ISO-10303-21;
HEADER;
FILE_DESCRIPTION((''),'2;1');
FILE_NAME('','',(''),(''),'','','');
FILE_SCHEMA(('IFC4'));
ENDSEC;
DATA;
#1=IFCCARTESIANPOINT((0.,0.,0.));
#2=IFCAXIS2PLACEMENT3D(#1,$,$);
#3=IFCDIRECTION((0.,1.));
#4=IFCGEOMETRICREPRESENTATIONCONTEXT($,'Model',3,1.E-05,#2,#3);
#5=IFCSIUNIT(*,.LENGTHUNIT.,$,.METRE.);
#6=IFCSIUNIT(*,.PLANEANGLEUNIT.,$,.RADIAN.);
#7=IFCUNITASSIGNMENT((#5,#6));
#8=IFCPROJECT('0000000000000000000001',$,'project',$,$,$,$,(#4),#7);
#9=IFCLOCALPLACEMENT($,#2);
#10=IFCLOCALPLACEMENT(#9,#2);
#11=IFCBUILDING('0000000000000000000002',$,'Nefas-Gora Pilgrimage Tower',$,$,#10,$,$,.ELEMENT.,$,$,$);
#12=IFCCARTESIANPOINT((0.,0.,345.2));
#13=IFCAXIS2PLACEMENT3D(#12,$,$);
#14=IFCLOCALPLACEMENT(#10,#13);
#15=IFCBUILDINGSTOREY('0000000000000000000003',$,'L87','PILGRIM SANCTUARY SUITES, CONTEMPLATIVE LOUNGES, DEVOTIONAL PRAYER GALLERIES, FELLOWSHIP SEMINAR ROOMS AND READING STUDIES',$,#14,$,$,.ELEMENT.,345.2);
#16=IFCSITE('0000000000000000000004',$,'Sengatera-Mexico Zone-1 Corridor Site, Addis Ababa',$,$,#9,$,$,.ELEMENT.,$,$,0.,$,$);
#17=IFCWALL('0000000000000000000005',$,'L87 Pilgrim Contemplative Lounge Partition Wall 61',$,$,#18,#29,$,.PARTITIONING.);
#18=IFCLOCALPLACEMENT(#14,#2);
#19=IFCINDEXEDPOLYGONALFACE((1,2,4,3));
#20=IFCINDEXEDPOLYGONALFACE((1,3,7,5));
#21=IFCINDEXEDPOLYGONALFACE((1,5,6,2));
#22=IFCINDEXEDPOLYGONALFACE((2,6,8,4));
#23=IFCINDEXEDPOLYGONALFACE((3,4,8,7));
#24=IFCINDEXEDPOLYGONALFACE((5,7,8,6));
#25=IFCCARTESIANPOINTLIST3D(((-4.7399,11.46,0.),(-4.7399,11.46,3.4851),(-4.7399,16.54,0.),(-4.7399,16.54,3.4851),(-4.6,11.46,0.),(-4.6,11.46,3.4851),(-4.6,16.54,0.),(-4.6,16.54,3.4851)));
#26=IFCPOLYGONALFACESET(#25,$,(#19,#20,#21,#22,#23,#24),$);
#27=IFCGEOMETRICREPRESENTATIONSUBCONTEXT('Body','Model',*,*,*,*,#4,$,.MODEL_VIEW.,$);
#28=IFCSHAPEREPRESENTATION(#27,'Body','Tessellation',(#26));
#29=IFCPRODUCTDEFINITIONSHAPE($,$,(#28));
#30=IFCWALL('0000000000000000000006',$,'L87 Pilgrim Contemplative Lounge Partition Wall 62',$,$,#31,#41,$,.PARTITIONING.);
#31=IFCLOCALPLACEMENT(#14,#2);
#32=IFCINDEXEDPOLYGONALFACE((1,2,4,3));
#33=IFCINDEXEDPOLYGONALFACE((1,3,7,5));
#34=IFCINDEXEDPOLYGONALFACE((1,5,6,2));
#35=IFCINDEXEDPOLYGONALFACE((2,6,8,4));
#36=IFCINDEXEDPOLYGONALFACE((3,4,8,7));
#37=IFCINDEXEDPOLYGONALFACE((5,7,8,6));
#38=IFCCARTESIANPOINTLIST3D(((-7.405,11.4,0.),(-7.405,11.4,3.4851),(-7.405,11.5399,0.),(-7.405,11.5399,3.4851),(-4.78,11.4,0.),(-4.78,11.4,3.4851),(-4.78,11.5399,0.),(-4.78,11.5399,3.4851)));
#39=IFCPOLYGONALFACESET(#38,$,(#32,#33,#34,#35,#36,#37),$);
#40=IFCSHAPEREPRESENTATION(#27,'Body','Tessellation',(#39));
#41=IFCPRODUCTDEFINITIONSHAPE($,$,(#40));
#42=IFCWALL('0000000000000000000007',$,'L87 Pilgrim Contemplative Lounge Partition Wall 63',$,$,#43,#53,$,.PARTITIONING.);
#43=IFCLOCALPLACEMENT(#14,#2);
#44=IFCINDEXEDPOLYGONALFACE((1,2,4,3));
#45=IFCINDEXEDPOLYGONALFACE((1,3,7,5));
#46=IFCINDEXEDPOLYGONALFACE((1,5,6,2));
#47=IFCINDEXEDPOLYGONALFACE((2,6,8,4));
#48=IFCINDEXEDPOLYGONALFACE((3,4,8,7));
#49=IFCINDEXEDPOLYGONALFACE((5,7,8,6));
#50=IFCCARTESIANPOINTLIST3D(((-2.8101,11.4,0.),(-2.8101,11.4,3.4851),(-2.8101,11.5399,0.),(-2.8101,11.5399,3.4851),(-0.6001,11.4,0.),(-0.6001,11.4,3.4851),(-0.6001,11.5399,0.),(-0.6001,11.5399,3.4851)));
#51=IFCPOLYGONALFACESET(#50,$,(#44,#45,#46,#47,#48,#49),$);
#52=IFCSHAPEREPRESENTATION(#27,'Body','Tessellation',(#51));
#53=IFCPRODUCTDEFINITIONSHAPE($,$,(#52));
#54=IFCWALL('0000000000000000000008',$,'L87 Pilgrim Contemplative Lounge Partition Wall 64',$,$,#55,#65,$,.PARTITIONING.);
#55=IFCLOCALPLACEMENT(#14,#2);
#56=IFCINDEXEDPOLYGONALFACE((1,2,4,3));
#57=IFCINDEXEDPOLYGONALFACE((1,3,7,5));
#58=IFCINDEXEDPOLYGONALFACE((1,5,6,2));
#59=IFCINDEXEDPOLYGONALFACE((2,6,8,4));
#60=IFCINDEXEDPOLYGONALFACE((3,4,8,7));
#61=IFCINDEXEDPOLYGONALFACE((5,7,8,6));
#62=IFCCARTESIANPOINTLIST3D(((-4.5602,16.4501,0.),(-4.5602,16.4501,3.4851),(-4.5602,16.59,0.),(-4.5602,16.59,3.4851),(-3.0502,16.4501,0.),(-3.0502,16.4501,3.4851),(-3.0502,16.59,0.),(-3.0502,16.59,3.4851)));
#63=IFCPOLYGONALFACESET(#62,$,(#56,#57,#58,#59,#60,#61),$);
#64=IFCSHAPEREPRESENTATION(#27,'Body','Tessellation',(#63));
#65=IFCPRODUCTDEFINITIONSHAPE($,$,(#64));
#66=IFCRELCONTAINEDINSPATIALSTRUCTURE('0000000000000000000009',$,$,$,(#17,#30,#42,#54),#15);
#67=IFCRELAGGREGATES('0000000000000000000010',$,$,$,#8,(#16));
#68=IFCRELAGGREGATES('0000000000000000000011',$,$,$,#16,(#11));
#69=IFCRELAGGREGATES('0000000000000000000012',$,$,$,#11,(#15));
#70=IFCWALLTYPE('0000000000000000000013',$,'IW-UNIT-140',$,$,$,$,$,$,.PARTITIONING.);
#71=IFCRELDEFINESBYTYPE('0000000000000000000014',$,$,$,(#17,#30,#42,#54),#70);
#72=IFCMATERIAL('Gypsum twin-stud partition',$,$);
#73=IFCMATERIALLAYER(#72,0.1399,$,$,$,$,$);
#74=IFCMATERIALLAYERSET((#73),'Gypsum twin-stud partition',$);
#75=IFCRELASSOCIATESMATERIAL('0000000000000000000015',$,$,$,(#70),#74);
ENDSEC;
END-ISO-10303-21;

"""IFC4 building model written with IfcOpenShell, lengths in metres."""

from ifc_helpers import new_model, si_unit, direction, frame, frame_2d, origin, place, context, subcontext, project, spatial, rectangle, extrude, source, transform, mapped, material, layer, layer_set, type_object, element, save


model = new_model("IFC4")

# Units and contexts
model_context = context("Model", 3, precision=1e-05, world=origin(), true_north=direction((0.0, 1.0)))
body_context = subcontext(model_context, "Body", "Model", "MODEL_VIEW")
ifc_project = project(units=[si_unit("LENGTHUNIT", "METRE"), si_unit("PLANEANGLEUNIT", "RADIAN")], contexts=[model_context])

# Site, building, storey
site_placement = place(None, origin())
site = spatial("IfcSite", under=ifc_project, at=site_placement, Name="Sengatera-Mexico Zone-1 Corridor Site, Addis Ababa", CompositionType="ELEMENT", RefElevation=0.0)
building_placement = place(site_placement, origin())
building = spatial("IfcBuilding", under=site, at=building_placement, Name="Nefas-Gora Pilgrimage Tower", CompositionType="ELEMENT")
storey_placement = place(building_placement, frame((0.0, 0.0, 345.2)))
storey = spatial("IfcBuildingStorey", under=building, at=storey_placement, Name="L87", Description="PILGRIM SANCTUARY SUITES, CONTEMPLATIVE LOUNGES, DEVOTIONAL PRAYER GALLERIES, FELLOWSHIP SEMINAR ROOMS AND READING STUDIES", CompositionType="ELEMENT", Elevation=345.2)

# Walls
ifc_material_1 = material(Name="Gypsum twin-stud partition")
ifc_layer_1 = layer(ifc_material_1, 0.1399)
ifc_layer_set_1 = layer_set([ifc_layer_1], Name="Gypsum twin-stud partition")
wall_type_1 = type_object("IfcWallType", Name="IW-UNIT-140", PredefinedType="PARTITIONING", material=ifc_layer_set_1)
shared_shape_1 = source(origin(), body_context, "Body", "SweptSolid", [
    extrude(rectangle(XDim=5.0801, YDim=0.1399, at=frame_2d((2.54, 0.0))), origin(), (0.0, 0.0, 1.0), 3.4851),
])
wall_1_placement = place(storey_placement, frame((-4.6699, 11.46, 0.0), z_axis=(0.0, 0.0, 1.0), x_axis=(0.0, 1.0, 0.0)))
element("IfcWall", 1, at=wall_1_placement, inside=storey, type_object=wall_type_1, Name="L87 Pilgrim Contemplative Lounge Partition Wall 61", PredefinedType="PARTITIONING", context=body_context, shape_type="MappedRepresentation", body=[
    mapped(shared_shape_1, transform((0.0, 0.0, 0.0), x_axis=(1.0, 0.0, 0.0), y_axis=(0.0, 1.0, 0.0), z_axis=(0.0, 0.0, 1.0), scale=1.0)),
])
shared_shape_2 = source(origin(), body_context, "Body", "SweptSolid", [
    extrude(rectangle(XDim=2.625, YDim=0.1399, at=frame_2d((1.3125, 0.0))), origin(), (0.0, 0.0, 1.0), 3.4851),
])
wall_2_placement = place(storey_placement, frame((-7.405, 11.47, 0.0), z_axis=(0.0, 0.0, 1.0), x_axis=(1.0, 0.0, 0.0)))
element("IfcWall", 2, at=wall_2_placement, inside=storey, type_object=wall_type_1, Name="L87 Pilgrim Contemplative Lounge Partition Wall 62", PredefinedType="PARTITIONING", context=body_context, shape_type="MappedRepresentation", body=[
    mapped(shared_shape_2, transform((0.0, 0.0, 0.0), x_axis=(1.0, 0.0, 0.0), y_axis=(0.0, 1.0, 0.0), z_axis=(0.0, 0.0, 1.0), scale=1.0)),
])
shared_shape_3 = source(origin(), body_context, "Body", "SweptSolid", [
    extrude(rectangle(XDim=2.21, YDim=0.1399, at=frame_2d((1.105, 0.0))), origin(), (0.0, 0.0, 1.0), 3.4851),
])
wall_3_placement = place(storey_placement, frame((-2.8101, 11.47, 0.0), z_axis=(0.0, 0.0, 1.0), x_axis=(1.0, 0.0, 0.0)))
element("IfcWall", 3, at=wall_3_placement, inside=storey, type_object=wall_type_1, Name="L87 Pilgrim Contemplative Lounge Partition Wall 63", PredefinedType="PARTITIONING", context=body_context, shape_type="MappedRepresentation", body=[
    mapped(shared_shape_3, transform((0.0, 0.0, 0.0), x_axis=(1.0, 0.0, 0.0), y_axis=(0.0, 1.0, 0.0), z_axis=(0.0, 0.0, 1.0), scale=1.0)),
])
shared_shape_4 = source(origin(), body_context, "Body", "SweptSolid", [
    extrude(rectangle(XDim=1.51, YDim=0.1399, at=frame_2d((0.7549, 0.0))), origin(), (0.0, 0.0, 1.0), 3.4851),
])
wall_4_placement = place(storey_placement, frame((-4.5601, 16.52, 0.0), z_axis=(0.0, 0.0, 1.0), x_axis=(1.0, 0.0, 0.0)))
element("IfcWall", 4, at=wall_4_placement, inside=storey, type_object=wall_type_1, Name="L87 Pilgrim Contemplative Lounge Partition Wall 64", PredefinedType="PARTITIONING", context=body_context, shape_type="MappedRepresentation", body=[
    mapped(shared_shape_4, transform((0.0, 0.0, 0.0), x_axis=(1.0, 0.0, 0.0), y_axis=(0.0, 1.0, 0.0), z_axis=(0.0, 0.0, 1.0), scale=1.0)),
])

save(model, "model.ifc")
